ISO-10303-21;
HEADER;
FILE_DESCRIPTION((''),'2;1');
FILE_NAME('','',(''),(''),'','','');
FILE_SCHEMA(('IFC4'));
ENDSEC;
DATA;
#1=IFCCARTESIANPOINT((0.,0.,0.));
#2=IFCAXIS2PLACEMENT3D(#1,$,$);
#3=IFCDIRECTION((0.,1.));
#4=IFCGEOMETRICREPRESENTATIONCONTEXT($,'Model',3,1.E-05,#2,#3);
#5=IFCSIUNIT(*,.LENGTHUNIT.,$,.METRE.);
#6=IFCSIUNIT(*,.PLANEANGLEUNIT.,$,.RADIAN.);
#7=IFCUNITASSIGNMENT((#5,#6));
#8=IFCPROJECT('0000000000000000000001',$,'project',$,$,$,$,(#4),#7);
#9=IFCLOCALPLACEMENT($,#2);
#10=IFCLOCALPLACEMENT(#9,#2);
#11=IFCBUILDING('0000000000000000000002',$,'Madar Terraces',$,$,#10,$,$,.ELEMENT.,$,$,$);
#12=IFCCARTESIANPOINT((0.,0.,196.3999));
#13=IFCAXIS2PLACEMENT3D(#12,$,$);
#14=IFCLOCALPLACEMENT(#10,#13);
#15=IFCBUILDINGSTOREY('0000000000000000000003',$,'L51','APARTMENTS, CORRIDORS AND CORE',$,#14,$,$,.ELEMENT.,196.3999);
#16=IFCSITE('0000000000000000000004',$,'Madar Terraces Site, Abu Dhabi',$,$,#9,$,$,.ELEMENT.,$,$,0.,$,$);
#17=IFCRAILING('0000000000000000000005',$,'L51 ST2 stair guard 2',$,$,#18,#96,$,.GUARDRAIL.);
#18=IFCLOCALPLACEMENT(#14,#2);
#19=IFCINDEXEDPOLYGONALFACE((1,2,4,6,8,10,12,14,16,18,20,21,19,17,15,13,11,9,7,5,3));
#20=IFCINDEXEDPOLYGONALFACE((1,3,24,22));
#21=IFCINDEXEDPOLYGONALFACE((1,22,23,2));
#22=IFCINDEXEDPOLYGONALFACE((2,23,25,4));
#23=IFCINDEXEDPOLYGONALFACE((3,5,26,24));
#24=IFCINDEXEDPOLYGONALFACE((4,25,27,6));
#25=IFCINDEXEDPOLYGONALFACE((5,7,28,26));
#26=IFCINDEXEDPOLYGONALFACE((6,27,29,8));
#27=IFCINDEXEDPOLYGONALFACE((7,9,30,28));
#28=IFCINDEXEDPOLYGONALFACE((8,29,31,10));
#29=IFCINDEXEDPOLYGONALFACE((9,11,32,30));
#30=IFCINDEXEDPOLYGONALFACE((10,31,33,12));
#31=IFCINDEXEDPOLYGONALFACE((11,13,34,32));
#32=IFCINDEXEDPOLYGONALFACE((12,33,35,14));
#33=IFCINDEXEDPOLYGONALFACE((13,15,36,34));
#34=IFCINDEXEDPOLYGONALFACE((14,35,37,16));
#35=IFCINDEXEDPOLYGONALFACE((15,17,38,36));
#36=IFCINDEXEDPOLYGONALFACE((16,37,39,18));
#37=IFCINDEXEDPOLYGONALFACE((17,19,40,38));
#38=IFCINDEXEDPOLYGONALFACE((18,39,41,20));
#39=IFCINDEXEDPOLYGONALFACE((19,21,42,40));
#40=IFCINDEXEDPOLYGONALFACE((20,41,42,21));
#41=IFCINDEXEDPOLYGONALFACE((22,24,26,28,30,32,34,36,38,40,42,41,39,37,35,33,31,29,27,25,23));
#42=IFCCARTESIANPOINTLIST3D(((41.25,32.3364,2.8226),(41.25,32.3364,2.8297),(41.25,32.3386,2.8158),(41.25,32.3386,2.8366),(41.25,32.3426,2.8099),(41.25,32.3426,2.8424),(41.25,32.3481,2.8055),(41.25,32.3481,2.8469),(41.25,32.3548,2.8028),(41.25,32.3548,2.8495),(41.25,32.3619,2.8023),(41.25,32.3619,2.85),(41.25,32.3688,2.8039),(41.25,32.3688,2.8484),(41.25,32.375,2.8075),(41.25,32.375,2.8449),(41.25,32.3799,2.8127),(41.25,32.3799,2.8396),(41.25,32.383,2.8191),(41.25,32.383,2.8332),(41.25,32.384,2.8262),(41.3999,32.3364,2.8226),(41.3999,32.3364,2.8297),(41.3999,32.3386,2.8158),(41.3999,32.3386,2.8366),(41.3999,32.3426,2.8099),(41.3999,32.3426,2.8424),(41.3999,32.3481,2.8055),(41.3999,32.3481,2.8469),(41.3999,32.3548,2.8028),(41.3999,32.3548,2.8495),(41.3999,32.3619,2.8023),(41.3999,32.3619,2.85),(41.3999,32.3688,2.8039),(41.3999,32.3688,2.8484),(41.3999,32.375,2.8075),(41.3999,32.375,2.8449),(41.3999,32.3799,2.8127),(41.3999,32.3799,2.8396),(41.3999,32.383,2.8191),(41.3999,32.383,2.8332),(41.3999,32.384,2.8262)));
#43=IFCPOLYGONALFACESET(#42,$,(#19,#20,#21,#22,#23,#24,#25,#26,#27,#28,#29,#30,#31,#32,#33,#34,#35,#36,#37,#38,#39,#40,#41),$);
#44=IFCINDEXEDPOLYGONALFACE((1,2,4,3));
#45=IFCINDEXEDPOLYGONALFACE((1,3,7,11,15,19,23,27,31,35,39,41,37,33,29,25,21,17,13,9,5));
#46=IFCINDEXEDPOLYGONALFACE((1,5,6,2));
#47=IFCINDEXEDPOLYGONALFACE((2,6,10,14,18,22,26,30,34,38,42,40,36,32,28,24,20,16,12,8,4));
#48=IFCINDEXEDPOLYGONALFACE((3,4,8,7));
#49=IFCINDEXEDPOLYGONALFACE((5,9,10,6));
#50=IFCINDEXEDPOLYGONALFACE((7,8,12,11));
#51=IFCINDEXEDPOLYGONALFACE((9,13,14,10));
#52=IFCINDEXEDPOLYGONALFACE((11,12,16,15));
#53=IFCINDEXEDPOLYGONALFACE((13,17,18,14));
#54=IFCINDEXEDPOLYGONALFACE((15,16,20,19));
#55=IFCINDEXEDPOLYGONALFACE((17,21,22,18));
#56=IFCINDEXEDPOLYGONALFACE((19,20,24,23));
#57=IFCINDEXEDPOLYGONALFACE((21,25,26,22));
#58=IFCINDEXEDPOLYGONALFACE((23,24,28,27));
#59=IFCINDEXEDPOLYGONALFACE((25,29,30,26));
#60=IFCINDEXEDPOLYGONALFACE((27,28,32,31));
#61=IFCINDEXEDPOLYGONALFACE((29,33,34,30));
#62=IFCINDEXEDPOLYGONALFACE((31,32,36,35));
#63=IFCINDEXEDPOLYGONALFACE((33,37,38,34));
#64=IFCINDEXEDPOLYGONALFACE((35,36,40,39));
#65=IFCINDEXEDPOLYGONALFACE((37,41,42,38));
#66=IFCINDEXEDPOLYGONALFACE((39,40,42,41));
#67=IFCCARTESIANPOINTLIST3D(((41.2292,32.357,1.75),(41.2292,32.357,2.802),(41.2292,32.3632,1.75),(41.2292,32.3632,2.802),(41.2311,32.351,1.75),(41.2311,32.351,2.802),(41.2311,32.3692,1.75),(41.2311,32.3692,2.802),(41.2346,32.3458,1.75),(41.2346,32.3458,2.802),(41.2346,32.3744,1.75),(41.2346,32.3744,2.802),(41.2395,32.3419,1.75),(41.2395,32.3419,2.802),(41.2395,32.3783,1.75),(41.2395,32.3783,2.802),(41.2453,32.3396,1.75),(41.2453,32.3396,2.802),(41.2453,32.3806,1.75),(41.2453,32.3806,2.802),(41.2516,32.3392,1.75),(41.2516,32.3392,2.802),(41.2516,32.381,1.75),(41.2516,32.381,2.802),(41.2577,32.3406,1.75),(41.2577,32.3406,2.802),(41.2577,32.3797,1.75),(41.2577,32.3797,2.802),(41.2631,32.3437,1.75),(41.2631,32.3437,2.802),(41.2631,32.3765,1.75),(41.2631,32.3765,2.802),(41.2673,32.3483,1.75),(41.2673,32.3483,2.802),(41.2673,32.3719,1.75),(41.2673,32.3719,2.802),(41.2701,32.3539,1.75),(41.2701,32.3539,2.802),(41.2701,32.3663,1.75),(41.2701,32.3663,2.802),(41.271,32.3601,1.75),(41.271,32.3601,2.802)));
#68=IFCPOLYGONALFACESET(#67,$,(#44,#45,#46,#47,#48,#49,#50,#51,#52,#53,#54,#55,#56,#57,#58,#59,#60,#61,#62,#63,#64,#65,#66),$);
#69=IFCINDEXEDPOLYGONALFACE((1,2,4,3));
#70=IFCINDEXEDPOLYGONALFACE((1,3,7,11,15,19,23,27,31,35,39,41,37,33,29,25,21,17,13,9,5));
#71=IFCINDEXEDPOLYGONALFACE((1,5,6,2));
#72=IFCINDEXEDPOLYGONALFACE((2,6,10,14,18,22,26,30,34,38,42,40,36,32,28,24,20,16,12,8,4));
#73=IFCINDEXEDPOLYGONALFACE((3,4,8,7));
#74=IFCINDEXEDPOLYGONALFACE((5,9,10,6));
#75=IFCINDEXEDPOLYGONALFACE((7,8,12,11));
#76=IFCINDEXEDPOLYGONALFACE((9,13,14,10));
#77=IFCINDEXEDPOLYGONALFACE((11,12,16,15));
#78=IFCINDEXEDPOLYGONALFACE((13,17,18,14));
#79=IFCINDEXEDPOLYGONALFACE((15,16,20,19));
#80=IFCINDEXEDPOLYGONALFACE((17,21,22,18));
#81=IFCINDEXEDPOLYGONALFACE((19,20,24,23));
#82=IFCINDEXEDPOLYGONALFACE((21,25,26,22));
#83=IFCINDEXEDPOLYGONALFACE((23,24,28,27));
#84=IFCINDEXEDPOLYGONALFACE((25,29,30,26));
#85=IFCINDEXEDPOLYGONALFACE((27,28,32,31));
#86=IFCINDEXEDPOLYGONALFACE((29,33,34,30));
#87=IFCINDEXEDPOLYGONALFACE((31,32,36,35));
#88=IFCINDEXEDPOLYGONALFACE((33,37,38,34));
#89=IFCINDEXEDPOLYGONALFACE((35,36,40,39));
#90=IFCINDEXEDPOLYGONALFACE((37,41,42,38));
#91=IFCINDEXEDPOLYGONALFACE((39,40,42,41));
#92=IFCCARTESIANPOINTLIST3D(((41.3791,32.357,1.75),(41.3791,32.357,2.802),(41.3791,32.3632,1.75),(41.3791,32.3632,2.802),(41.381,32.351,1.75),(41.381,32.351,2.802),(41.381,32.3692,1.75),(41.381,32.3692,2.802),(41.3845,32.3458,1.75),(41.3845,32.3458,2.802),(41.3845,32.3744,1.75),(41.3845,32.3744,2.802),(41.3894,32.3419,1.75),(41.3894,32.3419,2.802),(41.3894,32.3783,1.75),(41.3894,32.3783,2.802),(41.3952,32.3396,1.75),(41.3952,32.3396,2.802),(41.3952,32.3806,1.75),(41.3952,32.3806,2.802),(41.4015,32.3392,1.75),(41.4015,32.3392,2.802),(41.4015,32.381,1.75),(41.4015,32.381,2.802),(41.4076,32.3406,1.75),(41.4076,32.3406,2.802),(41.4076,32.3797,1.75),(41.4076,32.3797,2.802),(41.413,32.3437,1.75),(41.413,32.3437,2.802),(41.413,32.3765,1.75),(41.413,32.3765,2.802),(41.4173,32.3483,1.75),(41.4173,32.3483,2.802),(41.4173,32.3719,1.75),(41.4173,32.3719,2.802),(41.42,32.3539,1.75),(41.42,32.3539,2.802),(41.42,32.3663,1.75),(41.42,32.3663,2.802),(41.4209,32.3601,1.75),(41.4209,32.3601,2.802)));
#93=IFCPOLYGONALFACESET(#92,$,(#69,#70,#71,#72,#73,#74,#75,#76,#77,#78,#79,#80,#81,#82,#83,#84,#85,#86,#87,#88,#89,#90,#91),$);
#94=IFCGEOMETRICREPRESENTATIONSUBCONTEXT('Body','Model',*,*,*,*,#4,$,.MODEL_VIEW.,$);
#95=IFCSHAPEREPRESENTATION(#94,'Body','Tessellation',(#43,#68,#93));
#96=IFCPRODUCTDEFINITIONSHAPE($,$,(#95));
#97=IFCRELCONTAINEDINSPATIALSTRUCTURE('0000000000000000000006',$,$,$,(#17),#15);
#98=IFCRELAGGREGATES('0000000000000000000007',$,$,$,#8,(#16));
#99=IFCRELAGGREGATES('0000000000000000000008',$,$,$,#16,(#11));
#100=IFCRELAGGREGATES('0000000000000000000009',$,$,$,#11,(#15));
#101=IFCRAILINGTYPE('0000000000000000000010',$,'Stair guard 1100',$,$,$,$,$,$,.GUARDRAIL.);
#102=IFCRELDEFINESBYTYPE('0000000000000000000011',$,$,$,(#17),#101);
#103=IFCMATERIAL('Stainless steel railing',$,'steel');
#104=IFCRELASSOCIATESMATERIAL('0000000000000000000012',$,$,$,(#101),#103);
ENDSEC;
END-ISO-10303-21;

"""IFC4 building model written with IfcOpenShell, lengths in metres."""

from ifc_helpers import new_model, si_unit, direction, frame, origin, origin_2d, place, context, subcontext, project, spatial, circle, extrude, material, type_object, element, save


model = new_model("IFC4")

# Units and contexts
model_context = context("Model", 3, precision=1e-05, world=origin(), true_north=direction((0.0, 1.0)))
body_context = subcontext(model_context, "Body", "Model", "MODEL_VIEW")
ifc_project = project(units=[si_unit("LENGTHUNIT", "METRE"), si_unit("PLANEANGLEUNIT", "RADIAN")], contexts=[model_context])

# Site, building, storey
site_placement = place(None, origin())
site = spatial("IfcSite", under=ifc_project, at=site_placement, Name="Madar Terraces Site, Abu Dhabi", CompositionType="ELEMENT", RefElevation=0.0)
building_placement = place(site_placement, origin())
building = spatial("IfcBuilding", under=site, at=building_placement, Name="Madar Terraces", CompositionType="ELEMENT")
storey_placement = place(building_placement, frame((0.0, 0.0, 196.3999)))
storey = spatial("IfcBuildingStorey", under=building, at=storey_placement, Name="L51", Description="APARTMENTS, CORRIDORS AND CORE", CompositionType="ELEMENT", Elevation=196.3999)

# Railing
ifc_material_1 = material(Name="Stainless steel railing", Category="steel")
railing_type_1 = type_object("IfcRailingType", Name="Stair guard 1100", PredefinedType="GUARDRAIL", material=ifc_material_1)
railing_1_placement = place(storey_placement, frame((41.25, 32.3601, 1.75)))
element("IfcRailing", 1, at=railing_1_placement, inside=storey, type_object=railing_type_1, Name="L51 ST2 stair guard 2", PredefinedType="GUARDRAIL", context=body_context, shape_type="SweptSolid", body=[
    extrude(circle(Radius=0.0239, at=origin_2d()), frame((0.0, 0.0, 1.0762), z_axis=(1.0, 0.0, 0.0), x_axis=(0.0, 1.0, 0.0)), (0.0, 0.0, 1.0), 0.1499),
    extrude(circle(Radius=0.021, at=origin_2d()), origin(), (0.0, 0.0, 1.0), 1.052),
    extrude(circle(Radius=0.021, at=origin_2d()), frame((0.1499, 0.0, 0.0)), (0.0, 0.0, 1.0), 1.052),
])

save(model, "model.ifc")
